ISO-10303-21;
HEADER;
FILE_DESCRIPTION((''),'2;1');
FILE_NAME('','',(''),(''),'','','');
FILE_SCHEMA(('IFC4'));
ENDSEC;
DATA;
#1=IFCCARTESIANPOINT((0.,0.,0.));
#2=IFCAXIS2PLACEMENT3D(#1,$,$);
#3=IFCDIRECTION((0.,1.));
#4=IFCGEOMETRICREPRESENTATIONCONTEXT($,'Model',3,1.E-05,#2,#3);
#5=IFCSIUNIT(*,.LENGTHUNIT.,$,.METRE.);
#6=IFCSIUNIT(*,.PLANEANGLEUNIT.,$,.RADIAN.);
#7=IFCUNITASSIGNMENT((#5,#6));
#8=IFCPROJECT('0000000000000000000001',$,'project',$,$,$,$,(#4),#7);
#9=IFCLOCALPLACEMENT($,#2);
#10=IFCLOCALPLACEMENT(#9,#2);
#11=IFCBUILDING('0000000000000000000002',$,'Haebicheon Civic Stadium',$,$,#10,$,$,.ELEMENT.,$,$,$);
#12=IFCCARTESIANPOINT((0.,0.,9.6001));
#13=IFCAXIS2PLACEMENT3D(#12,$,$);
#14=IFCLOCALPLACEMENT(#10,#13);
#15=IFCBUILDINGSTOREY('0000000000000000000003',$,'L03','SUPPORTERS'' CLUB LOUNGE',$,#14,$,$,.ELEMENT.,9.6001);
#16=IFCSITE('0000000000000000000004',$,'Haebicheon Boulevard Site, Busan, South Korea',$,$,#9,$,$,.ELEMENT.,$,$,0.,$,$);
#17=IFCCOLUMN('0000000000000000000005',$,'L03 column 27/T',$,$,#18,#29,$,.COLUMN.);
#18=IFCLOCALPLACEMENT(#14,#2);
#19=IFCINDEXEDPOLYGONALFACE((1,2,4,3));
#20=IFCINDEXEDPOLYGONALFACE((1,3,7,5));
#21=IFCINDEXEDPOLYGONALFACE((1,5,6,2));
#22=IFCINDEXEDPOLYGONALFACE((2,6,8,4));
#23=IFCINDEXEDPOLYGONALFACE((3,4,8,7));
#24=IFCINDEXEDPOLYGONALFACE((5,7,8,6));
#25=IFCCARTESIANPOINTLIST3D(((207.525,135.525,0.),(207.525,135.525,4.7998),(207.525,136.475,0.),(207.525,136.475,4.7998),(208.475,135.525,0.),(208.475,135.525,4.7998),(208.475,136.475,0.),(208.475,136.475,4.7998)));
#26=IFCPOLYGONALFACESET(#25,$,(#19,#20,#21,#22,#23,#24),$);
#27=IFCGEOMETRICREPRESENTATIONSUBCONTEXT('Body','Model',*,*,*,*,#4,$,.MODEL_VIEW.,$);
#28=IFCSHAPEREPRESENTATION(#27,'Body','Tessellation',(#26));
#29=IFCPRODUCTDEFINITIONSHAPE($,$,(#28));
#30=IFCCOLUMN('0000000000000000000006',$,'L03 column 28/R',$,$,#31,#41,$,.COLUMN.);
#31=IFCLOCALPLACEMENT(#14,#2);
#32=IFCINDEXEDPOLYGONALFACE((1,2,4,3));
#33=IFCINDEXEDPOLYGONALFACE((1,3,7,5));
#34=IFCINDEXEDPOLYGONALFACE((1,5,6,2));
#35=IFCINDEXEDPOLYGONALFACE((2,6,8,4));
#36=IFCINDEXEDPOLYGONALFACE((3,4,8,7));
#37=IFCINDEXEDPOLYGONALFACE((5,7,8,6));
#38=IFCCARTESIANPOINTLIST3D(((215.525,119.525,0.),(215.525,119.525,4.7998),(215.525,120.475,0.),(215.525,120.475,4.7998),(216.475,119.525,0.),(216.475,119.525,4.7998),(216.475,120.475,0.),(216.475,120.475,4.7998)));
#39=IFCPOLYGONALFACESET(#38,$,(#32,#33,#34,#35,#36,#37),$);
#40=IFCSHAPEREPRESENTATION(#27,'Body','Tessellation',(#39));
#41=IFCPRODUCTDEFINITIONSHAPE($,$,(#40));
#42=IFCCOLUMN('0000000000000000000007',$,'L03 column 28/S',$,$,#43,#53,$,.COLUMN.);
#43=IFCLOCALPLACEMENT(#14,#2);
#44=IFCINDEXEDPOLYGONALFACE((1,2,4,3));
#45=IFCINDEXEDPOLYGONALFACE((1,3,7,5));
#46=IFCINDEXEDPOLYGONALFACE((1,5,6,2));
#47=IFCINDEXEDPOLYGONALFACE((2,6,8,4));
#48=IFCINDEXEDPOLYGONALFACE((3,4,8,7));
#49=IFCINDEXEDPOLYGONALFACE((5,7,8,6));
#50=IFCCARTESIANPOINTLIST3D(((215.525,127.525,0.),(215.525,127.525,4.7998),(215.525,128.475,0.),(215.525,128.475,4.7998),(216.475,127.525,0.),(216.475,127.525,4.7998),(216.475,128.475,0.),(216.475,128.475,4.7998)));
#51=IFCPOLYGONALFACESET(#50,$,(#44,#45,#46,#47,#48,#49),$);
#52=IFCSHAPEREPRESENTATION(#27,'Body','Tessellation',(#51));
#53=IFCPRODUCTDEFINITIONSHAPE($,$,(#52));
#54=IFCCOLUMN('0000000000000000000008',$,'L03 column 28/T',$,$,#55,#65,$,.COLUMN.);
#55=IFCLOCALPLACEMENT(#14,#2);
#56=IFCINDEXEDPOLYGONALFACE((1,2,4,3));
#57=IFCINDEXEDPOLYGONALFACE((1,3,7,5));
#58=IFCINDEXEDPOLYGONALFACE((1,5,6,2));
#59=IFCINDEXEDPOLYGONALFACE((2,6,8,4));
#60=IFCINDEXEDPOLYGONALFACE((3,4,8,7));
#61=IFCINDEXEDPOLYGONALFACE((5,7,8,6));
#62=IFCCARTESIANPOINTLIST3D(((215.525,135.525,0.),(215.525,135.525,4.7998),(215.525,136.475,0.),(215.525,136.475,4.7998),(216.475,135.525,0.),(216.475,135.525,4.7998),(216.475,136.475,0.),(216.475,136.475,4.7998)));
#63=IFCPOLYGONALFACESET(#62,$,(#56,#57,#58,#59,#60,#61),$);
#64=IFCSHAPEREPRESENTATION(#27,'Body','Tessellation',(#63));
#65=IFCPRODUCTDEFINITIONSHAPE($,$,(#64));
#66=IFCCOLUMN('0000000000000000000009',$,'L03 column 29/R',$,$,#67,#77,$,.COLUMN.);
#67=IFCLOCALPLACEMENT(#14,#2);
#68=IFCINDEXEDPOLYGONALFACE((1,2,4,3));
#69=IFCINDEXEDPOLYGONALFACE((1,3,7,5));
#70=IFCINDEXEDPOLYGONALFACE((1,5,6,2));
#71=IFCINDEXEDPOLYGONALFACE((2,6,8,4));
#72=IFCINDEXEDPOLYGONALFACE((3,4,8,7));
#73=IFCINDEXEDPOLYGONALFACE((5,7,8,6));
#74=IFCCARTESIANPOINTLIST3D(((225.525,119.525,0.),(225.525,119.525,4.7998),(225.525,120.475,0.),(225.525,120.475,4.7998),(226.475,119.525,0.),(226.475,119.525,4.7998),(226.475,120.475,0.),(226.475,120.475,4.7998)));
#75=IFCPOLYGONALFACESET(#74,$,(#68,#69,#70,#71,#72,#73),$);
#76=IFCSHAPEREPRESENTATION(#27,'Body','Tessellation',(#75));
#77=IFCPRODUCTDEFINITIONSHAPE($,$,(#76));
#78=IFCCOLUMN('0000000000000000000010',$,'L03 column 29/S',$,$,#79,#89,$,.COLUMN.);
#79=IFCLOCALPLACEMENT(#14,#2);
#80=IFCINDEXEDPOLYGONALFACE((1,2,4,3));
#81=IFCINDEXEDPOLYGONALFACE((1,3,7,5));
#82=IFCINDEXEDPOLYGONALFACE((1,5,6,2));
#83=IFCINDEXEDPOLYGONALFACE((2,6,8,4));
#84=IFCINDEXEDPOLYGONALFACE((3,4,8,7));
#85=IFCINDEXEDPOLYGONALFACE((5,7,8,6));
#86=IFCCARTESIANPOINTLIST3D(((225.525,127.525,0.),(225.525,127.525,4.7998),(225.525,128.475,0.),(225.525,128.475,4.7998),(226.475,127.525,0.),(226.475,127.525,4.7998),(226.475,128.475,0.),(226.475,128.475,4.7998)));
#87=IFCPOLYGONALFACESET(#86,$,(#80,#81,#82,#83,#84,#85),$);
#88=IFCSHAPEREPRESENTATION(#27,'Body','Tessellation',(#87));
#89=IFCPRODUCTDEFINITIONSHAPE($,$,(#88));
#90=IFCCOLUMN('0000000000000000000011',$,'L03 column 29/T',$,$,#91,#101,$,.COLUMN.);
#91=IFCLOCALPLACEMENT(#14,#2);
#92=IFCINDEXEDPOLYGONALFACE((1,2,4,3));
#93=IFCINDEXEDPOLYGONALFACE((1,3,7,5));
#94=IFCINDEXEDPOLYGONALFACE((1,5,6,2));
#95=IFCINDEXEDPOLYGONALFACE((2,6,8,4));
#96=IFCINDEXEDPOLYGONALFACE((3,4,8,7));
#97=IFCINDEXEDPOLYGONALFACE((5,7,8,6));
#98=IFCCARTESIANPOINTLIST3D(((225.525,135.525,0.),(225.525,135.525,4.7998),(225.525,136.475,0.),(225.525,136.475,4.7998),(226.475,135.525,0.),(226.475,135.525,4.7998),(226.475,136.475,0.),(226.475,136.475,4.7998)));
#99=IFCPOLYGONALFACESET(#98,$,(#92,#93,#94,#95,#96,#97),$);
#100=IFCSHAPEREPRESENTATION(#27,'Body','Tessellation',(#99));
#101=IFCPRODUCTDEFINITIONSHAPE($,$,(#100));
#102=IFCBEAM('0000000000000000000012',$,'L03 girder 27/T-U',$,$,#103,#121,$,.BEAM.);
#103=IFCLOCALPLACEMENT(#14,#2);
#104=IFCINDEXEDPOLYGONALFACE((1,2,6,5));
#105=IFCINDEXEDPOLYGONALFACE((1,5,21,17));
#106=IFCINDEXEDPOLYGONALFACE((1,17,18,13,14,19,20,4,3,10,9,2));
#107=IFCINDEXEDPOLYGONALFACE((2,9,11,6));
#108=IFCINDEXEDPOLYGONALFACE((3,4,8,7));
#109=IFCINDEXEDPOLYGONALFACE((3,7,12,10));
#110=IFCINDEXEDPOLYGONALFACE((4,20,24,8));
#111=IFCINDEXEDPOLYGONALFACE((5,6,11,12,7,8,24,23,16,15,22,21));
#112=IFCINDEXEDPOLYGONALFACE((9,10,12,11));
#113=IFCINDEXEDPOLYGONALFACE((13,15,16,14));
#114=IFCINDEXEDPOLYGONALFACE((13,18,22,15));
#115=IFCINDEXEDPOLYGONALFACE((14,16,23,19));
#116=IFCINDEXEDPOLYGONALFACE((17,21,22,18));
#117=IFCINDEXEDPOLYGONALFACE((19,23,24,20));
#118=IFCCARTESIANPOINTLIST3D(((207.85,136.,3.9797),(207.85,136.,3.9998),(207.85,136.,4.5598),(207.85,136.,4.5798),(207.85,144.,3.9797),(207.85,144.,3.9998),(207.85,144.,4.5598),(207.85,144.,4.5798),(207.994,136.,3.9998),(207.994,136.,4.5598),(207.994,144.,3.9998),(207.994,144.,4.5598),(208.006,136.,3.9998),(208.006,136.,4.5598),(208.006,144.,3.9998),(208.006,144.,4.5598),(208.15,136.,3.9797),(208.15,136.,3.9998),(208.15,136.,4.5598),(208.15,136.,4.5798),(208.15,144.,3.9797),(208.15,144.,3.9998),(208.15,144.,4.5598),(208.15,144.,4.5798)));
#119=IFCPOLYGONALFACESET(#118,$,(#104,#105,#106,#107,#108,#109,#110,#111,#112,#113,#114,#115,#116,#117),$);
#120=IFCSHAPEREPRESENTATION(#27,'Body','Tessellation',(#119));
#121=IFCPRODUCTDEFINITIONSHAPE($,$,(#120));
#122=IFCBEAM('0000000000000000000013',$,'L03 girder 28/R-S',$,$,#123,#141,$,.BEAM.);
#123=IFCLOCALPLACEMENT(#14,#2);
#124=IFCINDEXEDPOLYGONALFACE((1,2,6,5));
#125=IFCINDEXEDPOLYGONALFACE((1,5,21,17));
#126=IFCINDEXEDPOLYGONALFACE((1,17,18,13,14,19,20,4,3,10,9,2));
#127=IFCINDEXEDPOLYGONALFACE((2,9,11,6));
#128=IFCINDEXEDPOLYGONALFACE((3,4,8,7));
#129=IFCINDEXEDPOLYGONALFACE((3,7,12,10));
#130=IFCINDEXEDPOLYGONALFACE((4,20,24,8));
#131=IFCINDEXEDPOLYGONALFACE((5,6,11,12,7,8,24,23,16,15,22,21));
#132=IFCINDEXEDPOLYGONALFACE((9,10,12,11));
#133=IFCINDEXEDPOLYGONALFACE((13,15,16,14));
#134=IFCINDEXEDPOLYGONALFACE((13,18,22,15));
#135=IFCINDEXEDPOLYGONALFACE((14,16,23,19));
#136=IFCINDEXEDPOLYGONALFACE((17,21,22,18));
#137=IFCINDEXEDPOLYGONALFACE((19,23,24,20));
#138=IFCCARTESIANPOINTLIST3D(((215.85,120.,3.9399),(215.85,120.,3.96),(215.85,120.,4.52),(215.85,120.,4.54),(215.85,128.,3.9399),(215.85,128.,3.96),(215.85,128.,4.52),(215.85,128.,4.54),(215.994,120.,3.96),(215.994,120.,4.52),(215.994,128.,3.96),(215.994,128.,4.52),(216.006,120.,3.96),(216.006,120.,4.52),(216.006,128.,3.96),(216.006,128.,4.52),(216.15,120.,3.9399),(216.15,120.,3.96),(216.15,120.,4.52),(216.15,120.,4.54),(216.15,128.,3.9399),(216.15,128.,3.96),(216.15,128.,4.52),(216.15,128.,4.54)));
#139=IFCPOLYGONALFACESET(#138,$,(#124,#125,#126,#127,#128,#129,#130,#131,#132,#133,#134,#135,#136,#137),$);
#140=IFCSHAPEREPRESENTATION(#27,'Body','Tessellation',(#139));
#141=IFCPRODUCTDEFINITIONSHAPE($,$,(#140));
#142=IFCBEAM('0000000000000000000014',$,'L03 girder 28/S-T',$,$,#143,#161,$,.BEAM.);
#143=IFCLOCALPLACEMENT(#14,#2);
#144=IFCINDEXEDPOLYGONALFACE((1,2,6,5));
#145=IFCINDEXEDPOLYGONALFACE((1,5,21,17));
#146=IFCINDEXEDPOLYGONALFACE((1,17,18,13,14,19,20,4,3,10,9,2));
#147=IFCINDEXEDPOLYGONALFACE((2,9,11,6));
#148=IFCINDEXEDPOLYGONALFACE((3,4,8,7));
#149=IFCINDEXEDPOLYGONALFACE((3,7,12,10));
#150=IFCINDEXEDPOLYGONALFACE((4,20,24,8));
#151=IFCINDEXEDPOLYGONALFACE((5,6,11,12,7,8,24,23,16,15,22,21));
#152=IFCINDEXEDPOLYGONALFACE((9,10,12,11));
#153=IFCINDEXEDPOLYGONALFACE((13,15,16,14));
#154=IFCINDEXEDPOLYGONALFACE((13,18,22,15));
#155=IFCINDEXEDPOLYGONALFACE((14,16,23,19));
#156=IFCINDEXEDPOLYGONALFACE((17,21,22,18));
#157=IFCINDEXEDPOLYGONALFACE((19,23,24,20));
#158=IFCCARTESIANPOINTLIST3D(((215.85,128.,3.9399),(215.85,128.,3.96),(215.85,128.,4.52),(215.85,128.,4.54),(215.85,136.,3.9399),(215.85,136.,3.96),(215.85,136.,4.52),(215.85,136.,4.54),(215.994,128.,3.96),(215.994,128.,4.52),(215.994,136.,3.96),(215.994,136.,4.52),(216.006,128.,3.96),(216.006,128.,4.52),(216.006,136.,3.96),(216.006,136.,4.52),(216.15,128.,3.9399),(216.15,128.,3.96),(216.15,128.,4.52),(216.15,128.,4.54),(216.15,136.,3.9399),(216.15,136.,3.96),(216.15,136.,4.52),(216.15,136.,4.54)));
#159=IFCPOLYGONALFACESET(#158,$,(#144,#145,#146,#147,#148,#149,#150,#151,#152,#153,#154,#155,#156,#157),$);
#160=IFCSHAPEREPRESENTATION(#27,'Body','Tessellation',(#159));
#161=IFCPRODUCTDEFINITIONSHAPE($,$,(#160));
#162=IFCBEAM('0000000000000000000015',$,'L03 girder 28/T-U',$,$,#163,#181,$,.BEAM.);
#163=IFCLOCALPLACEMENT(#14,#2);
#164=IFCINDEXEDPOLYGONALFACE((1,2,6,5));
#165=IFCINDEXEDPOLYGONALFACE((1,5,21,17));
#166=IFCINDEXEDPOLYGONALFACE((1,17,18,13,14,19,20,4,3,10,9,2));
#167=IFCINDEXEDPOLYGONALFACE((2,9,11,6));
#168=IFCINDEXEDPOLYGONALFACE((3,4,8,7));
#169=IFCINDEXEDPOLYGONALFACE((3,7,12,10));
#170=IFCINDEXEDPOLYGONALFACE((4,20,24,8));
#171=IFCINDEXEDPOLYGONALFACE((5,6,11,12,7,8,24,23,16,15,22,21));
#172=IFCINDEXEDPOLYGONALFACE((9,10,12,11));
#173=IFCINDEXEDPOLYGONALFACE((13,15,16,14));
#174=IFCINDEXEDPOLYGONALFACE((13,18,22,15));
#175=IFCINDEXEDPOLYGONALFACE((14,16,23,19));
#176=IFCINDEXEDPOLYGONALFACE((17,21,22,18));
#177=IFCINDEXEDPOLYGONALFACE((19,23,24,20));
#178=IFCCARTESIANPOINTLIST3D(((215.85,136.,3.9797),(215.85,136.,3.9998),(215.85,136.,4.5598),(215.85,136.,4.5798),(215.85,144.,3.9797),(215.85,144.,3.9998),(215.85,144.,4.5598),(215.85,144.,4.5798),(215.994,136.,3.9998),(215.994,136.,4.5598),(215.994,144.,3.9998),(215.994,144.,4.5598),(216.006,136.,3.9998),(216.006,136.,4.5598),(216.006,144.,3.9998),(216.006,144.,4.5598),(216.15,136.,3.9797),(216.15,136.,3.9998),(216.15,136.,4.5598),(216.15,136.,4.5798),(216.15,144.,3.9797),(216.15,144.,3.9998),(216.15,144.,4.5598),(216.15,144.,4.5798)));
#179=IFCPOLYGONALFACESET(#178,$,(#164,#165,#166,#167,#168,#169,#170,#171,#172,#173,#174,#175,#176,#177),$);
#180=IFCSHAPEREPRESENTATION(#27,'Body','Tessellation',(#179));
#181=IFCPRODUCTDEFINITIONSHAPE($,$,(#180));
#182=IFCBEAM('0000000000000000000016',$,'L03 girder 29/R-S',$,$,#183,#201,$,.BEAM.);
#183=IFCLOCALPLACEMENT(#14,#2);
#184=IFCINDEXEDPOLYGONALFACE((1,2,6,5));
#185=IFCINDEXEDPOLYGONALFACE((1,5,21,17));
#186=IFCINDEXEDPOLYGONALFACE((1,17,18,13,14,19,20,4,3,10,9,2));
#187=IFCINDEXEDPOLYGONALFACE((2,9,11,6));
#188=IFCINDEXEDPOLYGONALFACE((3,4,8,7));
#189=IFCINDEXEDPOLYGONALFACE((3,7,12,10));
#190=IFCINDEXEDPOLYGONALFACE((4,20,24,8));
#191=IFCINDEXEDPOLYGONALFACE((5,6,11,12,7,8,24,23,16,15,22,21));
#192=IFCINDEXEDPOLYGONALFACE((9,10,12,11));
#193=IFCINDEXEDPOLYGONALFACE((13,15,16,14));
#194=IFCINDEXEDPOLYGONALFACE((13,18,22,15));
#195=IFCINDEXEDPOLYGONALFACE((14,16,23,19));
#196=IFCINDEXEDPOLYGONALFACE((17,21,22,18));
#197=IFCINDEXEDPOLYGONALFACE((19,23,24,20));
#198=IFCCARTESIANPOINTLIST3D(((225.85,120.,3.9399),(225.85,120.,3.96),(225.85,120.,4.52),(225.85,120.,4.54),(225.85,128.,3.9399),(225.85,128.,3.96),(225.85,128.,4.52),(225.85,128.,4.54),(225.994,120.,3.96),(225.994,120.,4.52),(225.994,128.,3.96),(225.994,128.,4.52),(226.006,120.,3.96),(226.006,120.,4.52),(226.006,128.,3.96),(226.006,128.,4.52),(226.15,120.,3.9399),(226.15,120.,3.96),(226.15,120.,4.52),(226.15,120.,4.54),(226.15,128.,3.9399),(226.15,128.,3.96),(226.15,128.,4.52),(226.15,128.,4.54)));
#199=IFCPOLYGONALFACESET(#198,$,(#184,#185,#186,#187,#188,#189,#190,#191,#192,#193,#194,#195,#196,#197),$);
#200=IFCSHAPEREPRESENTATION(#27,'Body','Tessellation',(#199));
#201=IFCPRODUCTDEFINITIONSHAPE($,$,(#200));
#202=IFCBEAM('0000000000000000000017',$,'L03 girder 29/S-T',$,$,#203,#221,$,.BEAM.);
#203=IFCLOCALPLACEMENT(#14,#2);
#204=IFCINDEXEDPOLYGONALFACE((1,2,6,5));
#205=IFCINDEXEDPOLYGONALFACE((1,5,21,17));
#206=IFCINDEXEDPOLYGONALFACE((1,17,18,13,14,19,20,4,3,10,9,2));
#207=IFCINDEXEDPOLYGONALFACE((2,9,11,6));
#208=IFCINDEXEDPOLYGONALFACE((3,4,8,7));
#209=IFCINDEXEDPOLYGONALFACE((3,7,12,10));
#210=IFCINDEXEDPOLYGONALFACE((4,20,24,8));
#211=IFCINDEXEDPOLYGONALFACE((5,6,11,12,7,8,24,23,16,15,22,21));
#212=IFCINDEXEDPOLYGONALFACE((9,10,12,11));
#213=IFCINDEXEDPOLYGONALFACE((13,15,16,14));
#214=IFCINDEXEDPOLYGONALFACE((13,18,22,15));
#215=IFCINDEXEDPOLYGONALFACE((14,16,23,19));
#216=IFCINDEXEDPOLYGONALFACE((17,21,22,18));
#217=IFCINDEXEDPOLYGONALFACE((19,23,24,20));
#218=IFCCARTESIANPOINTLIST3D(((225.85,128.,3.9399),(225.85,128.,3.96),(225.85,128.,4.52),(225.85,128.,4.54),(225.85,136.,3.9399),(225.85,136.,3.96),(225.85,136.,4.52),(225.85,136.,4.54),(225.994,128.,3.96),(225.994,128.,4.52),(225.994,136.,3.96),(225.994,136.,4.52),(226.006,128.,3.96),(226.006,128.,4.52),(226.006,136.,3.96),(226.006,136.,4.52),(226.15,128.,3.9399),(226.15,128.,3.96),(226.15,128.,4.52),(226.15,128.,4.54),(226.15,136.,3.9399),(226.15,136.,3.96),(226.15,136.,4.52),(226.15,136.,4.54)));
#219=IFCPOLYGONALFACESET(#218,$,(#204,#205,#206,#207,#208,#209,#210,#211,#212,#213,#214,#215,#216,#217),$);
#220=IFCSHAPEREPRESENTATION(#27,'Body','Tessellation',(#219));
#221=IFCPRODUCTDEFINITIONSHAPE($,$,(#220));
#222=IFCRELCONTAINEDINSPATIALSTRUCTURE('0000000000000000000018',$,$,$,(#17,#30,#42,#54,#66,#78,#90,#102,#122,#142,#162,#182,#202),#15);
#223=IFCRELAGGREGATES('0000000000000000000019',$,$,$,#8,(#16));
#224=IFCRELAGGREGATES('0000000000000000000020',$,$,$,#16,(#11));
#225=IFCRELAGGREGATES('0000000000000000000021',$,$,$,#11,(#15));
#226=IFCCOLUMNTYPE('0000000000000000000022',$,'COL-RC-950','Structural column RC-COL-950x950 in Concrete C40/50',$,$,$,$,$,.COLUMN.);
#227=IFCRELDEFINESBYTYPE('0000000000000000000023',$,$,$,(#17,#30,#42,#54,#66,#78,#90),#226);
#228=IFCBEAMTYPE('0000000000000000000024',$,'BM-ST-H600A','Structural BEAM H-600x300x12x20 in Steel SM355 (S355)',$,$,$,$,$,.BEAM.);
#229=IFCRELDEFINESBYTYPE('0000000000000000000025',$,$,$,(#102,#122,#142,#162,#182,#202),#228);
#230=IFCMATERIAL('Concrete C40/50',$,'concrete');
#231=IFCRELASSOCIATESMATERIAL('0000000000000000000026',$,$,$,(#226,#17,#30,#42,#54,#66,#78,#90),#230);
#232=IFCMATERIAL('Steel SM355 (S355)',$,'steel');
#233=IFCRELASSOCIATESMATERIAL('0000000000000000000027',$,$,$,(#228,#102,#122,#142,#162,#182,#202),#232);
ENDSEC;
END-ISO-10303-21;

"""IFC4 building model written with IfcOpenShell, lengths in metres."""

from ifc_helpers import new_model, si_unit, direction, frame, origin, origin_2d, place, context, subcontext, project, spatial, rectangle, i_section, extrude, material, material_profile, profile_set, type_object, element, save


model = new_model("IFC4")

# Units and contexts
model_context = context("Model", 3, precision=1e-05, world=origin(), true_north=direction((0.0, 1.0)))
body_context = subcontext(model_context, "Body", "Model", "MODEL_VIEW")
ifc_project = project(units=[si_unit("LENGTHUNIT", "METRE"), si_unit("PLANEANGLEUNIT", "RADIAN")], contexts=[model_context])

# Site, building, storey
site_placement = place(None, origin())
site = spatial("IfcSite", under=ifc_project, at=site_placement, Name="Haebicheon Boulevard Site, Busan, South Korea", CompositionType="ELEMENT", RefElevation=0.0)
building_placement = place(site_placement, origin())
building = spatial("IfcBuilding", under=site, at=building_placement, Name="Haebicheon Civic Stadium", CompositionType="ELEMENT")
storey_placement = place(building_placement, frame((0.0, 0.0, 9.6001)))
storey = spatial("IfcBuildingStorey", under=building, at=storey_placement, Name="L03", Description="SUPPORTERS' CLUB LOUNGE", CompositionType="ELEMENT", Elevation=9.6001)

# Columns
ifc_material_1 = material(Name="Concrete C40/50", Category="concrete")
ifc_material_profile_1 = material_profile(ifc_material_1, rectangle(XDim=0.95, YDim=0.95, at=origin_2d()), Name="RC-COL-950x950")
ifc_profile_set_1 = profile_set([ifc_material_profile_1], Name="Concrete C40/50")
column_type = type_object("IfcColumnType", Name="COL-RC-950", Description="Structural column RC-COL-950x950 in Concrete C40/50", PredefinedType="COLUMN", material=ifc_profile_set_1)
for number, where, z_axis, x_axis, name in (
    (1, (208.0, 136.0, 0.0), (0.0, 0.0, 1.0), (1.0, 0.0, 0.0), "L03 column 27/T"),
    (2, (216.0, 120.0, 0.0), (0.0, 0.0, 1.0), (1.0, 0.0, 0.0), "L03 column 28/R"),
    (3, (216.0, 128.0, 0.0), (0.0, 0.0, 1.0), (1.0, 0.0, 0.0), "L03 column 28/S"),
    (4, (216.0, 136.0, 0.0), (0.0, 0.0, 1.0), (1.0, 0.0, 0.0), "L03 column 28/T"),
    (5, (226.0, 120.0, 0.0), (0.0, 0.0, 1.0), (1.0, 0.0, 0.0), "L03 column 29/R"),
    (6, (226.0, 128.0, 0.0), (0.0, 0.0, 1.0), (1.0, 0.0, 0.0), "L03 column 29/S"),
    (7, (226.0, 136.0, 0.0), (0.0, 0.0, 1.0), (1.0, 0.0, 0.0), "L03 column 29/T"),
):
    element("IfcColumn", number, at=place(storey_placement, frame(where, z_axis=z_axis, x_axis=x_axis)), inside=storey, type_object=column_type, material=ifc_profile_set_1, Name=name, PredefinedType="COLUMN", context=body_context, shape_type="SweptSolid", body=[
        extrude(rectangle(XDim=0.95, YDim=0.95, at=origin_2d()), origin(), (0.0, 0.0, 1.0), 4.7998),
    ])

# Beams
ifc_material_2 = material(Name="Steel SM355 (S355)", Category="steel")
ifc_material_profile_2 = material_profile(ifc_material_2, i_section(OverallWidth=0.3, OverallDepth=0.6001, WebThickness=0.012, FlangeThickness=0.02, at=origin_2d()), Name="H-600x300x12x20")
ifc_profile_set_2 = profile_set([ifc_material_profile_2], Name="Steel SM355 (S355)")
beam_type_1 = type_object("IfcBeamType", Name="BM-ST-H600A", Description="Structural BEAM H-600x300x12x20 in Steel SM355 (S355)", PredefinedType="BEAM", material=ifc_profile_set_2)
for number, where, z_axis, x_axis, name in (
    (8, (208.0, 136.0, 4.2798), (0.0, 1.0, 0.0), (-1.0, 0.0, 0.0), "L03 girder 27/T-U"),
    (9, (216.0, 120.0, 4.24), (0.0, 1.0, 0.0), (-1.0, 0.0, 0.0), "L03 girder 28/R-S"),
    (10, (216.0, 128.0, 4.24), (0.0, 1.0, 0.0), (-1.0, 0.0, 0.0), "L03 girder 28/S-T"),
    (11, (216.0, 136.0, 4.2798), (0.0, 1.0, 0.0), (-1.0, 0.0, 0.0), "L03 girder 28/T-U"),
    (12, (226.0, 120.0, 4.24), (0.0, 1.0, 0.0), (-1.0, 0.0, 0.0), "L03 girder 29/R-S"),
    (13, (226.0, 128.0, 4.24), (0.0, 1.0, 0.0), (-1.0, 0.0, 0.0), "L03 girder 29/S-T"),
):
    element("IfcBeam", number, at=place(storey_placement, frame(where, z_axis=z_axis, x_axis=x_axis)), inside=storey, type_object=beam_type_1, material=ifc_profile_set_2, Name=name, PredefinedType="BEAM", context=body_context, shape_type="SweptSolid", body=[
        extrude(i_section(OverallWidth=0.3, OverallDepth=0.6001, WebThickness=0.012, FlangeThickness=0.02, at=origin_2d()), origin(), (0.0, 0.0, 1.0), 8.0),
    ])

save(model, "model.ifc")
